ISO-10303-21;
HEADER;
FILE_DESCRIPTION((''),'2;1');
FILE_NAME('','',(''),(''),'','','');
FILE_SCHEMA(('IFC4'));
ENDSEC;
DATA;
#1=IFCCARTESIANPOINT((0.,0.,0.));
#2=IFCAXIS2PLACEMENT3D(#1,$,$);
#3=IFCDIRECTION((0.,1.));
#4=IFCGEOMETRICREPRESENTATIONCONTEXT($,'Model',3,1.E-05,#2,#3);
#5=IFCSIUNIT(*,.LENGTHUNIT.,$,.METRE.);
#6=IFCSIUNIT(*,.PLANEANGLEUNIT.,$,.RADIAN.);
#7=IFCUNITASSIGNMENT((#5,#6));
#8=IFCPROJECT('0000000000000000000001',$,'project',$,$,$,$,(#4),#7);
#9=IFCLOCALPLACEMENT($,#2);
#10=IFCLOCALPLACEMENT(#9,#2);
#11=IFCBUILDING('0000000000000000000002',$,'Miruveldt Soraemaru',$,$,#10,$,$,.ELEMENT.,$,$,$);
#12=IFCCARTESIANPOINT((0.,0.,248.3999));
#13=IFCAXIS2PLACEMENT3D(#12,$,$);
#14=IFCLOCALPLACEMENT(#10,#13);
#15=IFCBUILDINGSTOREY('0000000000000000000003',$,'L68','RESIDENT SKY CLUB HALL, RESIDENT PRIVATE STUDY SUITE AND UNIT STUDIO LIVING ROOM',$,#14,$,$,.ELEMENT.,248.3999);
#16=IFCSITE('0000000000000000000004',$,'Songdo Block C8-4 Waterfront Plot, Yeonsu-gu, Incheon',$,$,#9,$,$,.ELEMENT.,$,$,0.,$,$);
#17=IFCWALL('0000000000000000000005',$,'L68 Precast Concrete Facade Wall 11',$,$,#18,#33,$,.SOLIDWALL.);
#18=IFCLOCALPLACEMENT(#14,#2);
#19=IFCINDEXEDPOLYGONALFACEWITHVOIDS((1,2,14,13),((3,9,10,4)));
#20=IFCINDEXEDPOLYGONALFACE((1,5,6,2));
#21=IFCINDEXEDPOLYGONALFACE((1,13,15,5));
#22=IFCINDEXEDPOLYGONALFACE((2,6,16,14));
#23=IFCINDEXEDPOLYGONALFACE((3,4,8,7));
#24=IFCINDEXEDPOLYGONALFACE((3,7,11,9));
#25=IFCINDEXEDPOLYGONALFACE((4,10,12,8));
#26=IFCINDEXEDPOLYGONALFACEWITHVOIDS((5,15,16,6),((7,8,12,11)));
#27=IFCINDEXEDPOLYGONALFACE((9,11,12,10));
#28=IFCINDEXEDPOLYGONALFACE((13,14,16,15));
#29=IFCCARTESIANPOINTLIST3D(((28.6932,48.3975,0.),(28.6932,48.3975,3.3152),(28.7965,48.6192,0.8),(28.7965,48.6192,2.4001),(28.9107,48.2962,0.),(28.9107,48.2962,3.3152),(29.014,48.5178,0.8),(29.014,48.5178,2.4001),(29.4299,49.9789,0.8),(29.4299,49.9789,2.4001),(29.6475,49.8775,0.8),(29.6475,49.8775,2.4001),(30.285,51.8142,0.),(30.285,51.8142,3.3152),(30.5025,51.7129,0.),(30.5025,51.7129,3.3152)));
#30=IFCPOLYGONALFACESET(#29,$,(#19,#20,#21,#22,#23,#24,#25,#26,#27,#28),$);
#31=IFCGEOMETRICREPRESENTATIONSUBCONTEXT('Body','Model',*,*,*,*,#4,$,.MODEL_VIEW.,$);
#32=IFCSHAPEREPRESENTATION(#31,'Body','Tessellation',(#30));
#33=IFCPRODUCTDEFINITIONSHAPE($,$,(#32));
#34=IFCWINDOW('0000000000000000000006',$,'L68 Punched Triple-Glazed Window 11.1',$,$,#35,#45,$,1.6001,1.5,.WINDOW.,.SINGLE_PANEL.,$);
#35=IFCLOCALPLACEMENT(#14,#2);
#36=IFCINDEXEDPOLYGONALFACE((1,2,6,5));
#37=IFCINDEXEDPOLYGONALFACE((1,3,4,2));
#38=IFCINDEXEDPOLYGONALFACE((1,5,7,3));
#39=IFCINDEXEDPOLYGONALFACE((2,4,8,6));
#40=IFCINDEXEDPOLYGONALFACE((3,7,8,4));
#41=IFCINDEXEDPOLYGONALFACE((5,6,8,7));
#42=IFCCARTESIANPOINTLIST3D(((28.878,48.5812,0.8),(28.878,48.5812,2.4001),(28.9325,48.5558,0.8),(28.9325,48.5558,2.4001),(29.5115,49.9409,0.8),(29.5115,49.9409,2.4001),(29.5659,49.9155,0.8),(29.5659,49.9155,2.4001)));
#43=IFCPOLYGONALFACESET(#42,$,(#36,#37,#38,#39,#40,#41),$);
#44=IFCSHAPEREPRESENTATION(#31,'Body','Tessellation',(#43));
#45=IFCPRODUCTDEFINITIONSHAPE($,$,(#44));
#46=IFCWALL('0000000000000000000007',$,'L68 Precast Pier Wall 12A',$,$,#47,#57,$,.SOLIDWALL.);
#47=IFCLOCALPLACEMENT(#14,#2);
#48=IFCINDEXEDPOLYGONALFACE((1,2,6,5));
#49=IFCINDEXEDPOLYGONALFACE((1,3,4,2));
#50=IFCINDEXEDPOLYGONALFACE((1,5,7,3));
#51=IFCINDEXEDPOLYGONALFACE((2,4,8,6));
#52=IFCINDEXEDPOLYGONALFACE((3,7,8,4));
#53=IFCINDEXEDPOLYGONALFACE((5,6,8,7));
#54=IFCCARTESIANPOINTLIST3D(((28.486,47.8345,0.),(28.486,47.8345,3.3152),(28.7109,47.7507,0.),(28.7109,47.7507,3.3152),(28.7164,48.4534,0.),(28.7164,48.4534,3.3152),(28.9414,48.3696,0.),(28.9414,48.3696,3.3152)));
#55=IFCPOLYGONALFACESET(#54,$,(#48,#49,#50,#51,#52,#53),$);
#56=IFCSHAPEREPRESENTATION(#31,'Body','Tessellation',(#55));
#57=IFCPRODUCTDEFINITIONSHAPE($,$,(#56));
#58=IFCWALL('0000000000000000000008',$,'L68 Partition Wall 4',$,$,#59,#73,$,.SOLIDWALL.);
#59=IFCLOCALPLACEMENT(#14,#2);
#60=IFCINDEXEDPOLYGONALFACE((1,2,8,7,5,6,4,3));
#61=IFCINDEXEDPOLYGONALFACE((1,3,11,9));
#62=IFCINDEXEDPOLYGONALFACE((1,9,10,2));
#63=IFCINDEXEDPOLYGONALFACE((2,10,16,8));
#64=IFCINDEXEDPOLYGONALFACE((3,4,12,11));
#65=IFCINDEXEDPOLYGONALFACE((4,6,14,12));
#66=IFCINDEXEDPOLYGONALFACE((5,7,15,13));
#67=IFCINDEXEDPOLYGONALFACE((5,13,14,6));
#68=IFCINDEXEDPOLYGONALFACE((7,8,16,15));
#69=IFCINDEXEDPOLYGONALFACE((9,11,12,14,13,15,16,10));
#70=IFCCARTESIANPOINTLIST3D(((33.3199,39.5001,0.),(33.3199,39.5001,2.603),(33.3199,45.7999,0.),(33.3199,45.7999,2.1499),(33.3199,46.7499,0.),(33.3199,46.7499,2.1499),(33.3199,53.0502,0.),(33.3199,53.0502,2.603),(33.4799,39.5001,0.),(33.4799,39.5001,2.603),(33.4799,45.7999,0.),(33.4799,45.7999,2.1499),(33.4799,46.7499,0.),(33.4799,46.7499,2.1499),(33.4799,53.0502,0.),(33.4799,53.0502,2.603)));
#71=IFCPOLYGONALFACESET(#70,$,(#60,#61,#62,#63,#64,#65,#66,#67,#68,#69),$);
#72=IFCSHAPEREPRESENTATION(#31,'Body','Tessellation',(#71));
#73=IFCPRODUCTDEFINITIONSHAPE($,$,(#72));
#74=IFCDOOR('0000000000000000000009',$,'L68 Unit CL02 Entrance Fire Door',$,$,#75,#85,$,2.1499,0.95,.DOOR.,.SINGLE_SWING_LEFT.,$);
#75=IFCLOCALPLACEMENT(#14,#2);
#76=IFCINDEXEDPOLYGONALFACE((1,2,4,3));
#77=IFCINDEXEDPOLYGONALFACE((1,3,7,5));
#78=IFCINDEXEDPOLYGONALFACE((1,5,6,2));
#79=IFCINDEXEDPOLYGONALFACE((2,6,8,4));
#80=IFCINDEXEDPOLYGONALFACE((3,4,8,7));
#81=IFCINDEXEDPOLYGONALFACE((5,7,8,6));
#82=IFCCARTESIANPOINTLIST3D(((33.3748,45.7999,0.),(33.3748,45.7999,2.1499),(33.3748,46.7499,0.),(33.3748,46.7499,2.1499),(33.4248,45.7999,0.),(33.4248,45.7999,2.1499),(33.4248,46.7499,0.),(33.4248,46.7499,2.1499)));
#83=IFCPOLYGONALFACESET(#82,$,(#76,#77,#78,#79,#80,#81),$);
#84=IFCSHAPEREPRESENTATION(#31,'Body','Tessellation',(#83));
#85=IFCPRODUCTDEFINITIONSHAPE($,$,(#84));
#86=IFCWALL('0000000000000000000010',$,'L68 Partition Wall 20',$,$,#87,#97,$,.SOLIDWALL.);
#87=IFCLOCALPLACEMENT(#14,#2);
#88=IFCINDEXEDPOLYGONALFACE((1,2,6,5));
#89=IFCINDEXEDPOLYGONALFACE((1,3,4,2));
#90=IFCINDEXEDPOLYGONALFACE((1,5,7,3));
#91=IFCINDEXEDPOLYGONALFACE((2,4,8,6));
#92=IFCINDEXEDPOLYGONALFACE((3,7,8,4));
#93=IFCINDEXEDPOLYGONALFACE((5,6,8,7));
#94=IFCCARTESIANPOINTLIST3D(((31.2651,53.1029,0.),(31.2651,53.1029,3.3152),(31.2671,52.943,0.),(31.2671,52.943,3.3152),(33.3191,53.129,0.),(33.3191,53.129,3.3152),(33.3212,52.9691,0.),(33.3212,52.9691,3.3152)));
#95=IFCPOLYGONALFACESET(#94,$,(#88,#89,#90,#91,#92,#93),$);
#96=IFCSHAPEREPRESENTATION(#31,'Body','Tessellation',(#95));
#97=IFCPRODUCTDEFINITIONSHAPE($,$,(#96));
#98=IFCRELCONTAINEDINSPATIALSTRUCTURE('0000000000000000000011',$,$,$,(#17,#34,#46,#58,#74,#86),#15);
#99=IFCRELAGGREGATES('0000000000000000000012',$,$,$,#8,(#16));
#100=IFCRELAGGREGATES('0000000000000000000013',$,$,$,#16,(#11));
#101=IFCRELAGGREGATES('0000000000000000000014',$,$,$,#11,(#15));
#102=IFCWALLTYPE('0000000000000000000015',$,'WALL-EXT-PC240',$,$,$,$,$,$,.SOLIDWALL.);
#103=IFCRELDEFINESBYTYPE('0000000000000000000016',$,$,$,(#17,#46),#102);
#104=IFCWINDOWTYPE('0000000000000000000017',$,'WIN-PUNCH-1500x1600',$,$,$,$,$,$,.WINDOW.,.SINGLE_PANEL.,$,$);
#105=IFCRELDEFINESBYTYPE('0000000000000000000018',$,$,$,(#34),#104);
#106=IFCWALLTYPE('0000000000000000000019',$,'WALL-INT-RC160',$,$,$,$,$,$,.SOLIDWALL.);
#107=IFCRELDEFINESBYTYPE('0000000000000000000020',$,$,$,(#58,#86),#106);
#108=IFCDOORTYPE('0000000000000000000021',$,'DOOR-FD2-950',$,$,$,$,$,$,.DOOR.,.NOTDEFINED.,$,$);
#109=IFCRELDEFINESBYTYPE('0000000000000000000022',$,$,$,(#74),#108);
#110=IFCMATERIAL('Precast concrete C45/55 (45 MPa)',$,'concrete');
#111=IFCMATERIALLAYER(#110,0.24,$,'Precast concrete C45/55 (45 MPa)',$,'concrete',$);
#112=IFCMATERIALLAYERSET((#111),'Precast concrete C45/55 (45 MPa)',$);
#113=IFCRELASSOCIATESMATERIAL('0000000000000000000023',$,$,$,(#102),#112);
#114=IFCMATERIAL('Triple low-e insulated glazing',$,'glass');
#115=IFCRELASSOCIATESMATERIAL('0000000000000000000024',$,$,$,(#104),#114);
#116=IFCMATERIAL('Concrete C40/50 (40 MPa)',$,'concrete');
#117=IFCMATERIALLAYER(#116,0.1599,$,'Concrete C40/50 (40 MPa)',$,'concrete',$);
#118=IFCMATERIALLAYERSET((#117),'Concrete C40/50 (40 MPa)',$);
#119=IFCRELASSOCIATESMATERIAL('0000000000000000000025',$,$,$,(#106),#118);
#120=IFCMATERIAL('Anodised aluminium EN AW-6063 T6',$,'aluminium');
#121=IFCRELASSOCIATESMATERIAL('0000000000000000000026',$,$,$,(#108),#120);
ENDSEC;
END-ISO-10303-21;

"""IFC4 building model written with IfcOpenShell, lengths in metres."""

from ifc_helpers import new_model, si_unit, direction, frame, frame_2d, origin, place, context, subcontext, project, spatial, rectangle, extrude, material, layer, layer_set, type_object, element, fill, save


model = new_model("IFC4")

# Units and contexts
model_context = context("Model", 3, precision=1e-05, world=origin(), true_north=direction((0.0, 1.0)))
body_context = subcontext(model_context, "Body", "Model", "MODEL_VIEW")
ifc_project = project(units=[si_unit("LENGTHUNIT", "METRE"), si_unit("PLANEANGLEUNIT", "RADIAN")], contexts=[model_context])

# Site, building, storey
site_placement = place(None, origin())
site = spatial("IfcSite", under=ifc_project, at=site_placement, Name="Songdo Block C8-4 Waterfront Plot, Yeonsu-gu, Incheon", CompositionType="ELEMENT", RefElevation=0.0)
building_placement = place(site_placement, origin())
building = spatial("IfcBuilding", under=site, at=building_placement, Name="Miruveldt Soraemaru", CompositionType="ELEMENT")
storey_placement = place(building_placement, frame((0.0, 0.0, 248.3999)))
storey = spatial("IfcBuildingStorey", under=building, at=storey_placement, Name="L68", Description="RESIDENT SKY CLUB HALL, RESIDENT PRIVATE STUDY SUITE AND UNIT STUDIO LIVING ROOM", CompositionType="ELEMENT", Elevation=248.3999)

# Shared definitions
ifc_material_1 = material(Name="Anodised aluminium EN AW-6063 T6", Category="aluminium")

# Shared definitions
ifc_material_2 = material(Name="Triple low-e insulated glazing", Category="glass")

# Wall, opening, window
ifc_material_3 = material(Name="Precast concrete C45/55 (45 MPa)", Category="concrete")
ifc_layer_1 = layer(ifc_material_3, 0.24, Name="Precast concrete C45/55 (45 MPa)", Category="concrete")
ifc_layer_set_1 = layer_set([ifc_layer_1], Name="Precast concrete C45/55 (45 MPa)")
wall_type_1 = type_object("IfcWallType", Name="WALL-EXT-PC240", PredefinedType="SOLIDWALL", material=ifc_layer_set_1)
wall_1_placement = place(storey_placement, frame((30.3938, 51.7637, 0.0), z_axis=(0.0, 0.0, 1.0), x_axis=(-0.4223, -0.906456, 0.0)))
wall_1 = element("IfcWall", 1, at=wall_1_placement, inside=storey, type_object=wall_type_1, Name="L68 Precast Concrete Facade Wall 11", PredefinedType="SOLIDWALL", context=body_context, shape_type="SweptSolid", body=[
    extrude(rectangle(XDim=3.7693, YDim=0.24, at=frame_2d((1.8848, 0.0))), origin(), (0.0, 0.0, 1.0), 3.3152),
])
opening_1_placement = place(wall_1_placement, frame((2.0249, 0.0, 0.8)))
opening_1 = element("IfcOpeningElement", 2, at=opening_1_placement, cuts=wall_1, PredefinedType="OPENING", context=body_context, shape_type="SweptSolid", body=[
    extrude(rectangle(XDim=1.5, YDim=1.6001, at=frame_2d((0.75, 0.8))), frame((0.0, 0.1299, 0.0), z_axis=(0.0, -1.0, 0.0), x_axis=(1.0, 0.0, 0.0)), (0.0, 0.0, 1.0), 0.26),
])
window_type_1 = type_object("IfcWindowType", Name="WIN-PUNCH-1500x1600", PartitioningType="SINGLE_PANEL", PredefinedType="WINDOW", material=ifc_material_2)
window_1_placement = place(opening_1_placement, origin())
window_1 = element("IfcWindow", 3, at=window_1_placement, inside=storey, type_object=window_type_1, Name="L68 Punched Triple-Glazed Window 11.1", OverallHeight=1.6001, OverallWidth=1.5, PartitioningType="SINGLE_PANEL", PredefinedType="WINDOW", context=body_context, shape_type="SweptSolid", body=[
    extrude(rectangle(XDim=1.5, YDim=1.6001, at=frame_2d((0.75, 0.8))), frame((0.0, 0.03, 0.0), z_axis=(0.0, -1.0, 0.0), x_axis=(1.0, 0.0, 0.0)), (0.0, 0.0, 1.0), 0.0601),
])
fill(opening_1, window_1)

# Wall
wall_2_placement = place(storey_placement, frame((28.8289, 48.4114, 0.0), z_axis=(0.0, 0.0, 1.0), x_axis=(-0.348975, -0.937132, 0.0)))
element("IfcWall", 4, at=wall_2_placement, inside=storey, type_object=wall_type_1, Name="L68 Precast Pier Wall 12A", PredefinedType="SOLIDWALL", context=body_context, shape_type="SweptSolid", body=[
    extrude(rectangle(XDim=0.6604, YDim=0.24, at=frame_2d((0.3301, 0.0))), origin(), (0.0, 0.0, 1.0), 3.3152),
])

# Wall, opening, door
ifc_material_4 = material(Name="Concrete C40/50 (40 MPa)", Category="concrete")
ifc_layer_2 = layer(ifc_material_4, 0.1599, Name="Concrete C40/50 (40 MPa)", Category="concrete")
ifc_layer_set_2 = layer_set([ifc_layer_2], Name="Concrete C40/50 (40 MPa)")
wall_type_2 = type_object("IfcWallType", Name="WALL-INT-RC160", PredefinedType="SOLIDWALL", material=ifc_layer_set_2)
wall_3_placement = place(storey_placement, frame((33.3999, 53.05, 0.0), z_axis=(0.0, 0.0, 1.0), x_axis=(0.0, -1.0, 0.0)))
wall_3 = element("IfcWall", 5, at=wall_3_placement, inside=storey, type_object=wall_type_2, Name="L68 Partition Wall 4", PredefinedType="SOLIDWALL", context=body_context, shape_type="SweptSolid", body=[
    extrude(rectangle(XDim=13.55, YDim=0.1599, at=frame_2d((6.7749, 0.0))), origin(), (0.0, 0.0, 1.0), 2.603),
])
opening_2_placement = place(wall_3_placement, frame((6.3, 0.0, 0.0)))
opening_2 = element("IfcOpeningElement", 6, at=opening_2_placement, cuts=wall_3, PredefinedType="OPENING", context=body_context, shape_type="SweptSolid", body=[
    extrude(rectangle(XDim=0.95, YDim=2.1499, at=frame_2d((0.4751, 1.075))), frame((0.0, 0.0898, 0.0), z_axis=(0.0, -1.0, 0.0), x_axis=(1.0, 0.0, 0.0)), (0.0, 0.0, 1.0), 0.1799),
])
door_type_1 = type_object("IfcDoorType", Name="DOOR-FD2-950", OperationType="NOTDEFINED", PredefinedType="DOOR", material=ifc_material_1)
door_1_placement = place(opening_2_placement, origin())
door_1 = element("IfcDoor", 7, at=door_1_placement, inside=storey, type_object=door_type_1, Name="L68 Unit CL02 Entrance Fire Door", OperationType="SINGLE_SWING_LEFT", OverallHeight=2.1499, OverallWidth=0.95, PredefinedType="DOOR", context=body_context, shape_type="SweptSolid", body=[
    extrude(rectangle(XDim=0.95, YDim=2.1499, at=frame_2d((0.4751, 1.075))), frame((0.0, 0.0249, 0.0), z_axis=(0.0, -1.0, 0.0), x_axis=(1.0, 0.0, 0.0)), (0.0, 0.0, 1.0), 0.05),
])
fill(opening_2, door_1)

# Wall
wall_4_placement = place(storey_placement, frame((31.2661, 53.0229, 0.0), z_axis=(0.0, 0.0, 1.0), x_axis=(0.999919, 0.012717, 0.0)))
element("IfcWall", 8, at=wall_4_placement, inside=storey, type_object=wall_type_2, Name="L68 Partition Wall 20", PredefinedType="SOLIDWALL", context=body_context, shape_type="SweptSolid", body=[
    extrude(rectangle(XDim=2.0542, YDim=0.1599, at=frame_2d((1.0271, 0.0))), origin(), (0.0, 0.0, 1.0), 3.3152),
])

save(model, "model.ifc")
